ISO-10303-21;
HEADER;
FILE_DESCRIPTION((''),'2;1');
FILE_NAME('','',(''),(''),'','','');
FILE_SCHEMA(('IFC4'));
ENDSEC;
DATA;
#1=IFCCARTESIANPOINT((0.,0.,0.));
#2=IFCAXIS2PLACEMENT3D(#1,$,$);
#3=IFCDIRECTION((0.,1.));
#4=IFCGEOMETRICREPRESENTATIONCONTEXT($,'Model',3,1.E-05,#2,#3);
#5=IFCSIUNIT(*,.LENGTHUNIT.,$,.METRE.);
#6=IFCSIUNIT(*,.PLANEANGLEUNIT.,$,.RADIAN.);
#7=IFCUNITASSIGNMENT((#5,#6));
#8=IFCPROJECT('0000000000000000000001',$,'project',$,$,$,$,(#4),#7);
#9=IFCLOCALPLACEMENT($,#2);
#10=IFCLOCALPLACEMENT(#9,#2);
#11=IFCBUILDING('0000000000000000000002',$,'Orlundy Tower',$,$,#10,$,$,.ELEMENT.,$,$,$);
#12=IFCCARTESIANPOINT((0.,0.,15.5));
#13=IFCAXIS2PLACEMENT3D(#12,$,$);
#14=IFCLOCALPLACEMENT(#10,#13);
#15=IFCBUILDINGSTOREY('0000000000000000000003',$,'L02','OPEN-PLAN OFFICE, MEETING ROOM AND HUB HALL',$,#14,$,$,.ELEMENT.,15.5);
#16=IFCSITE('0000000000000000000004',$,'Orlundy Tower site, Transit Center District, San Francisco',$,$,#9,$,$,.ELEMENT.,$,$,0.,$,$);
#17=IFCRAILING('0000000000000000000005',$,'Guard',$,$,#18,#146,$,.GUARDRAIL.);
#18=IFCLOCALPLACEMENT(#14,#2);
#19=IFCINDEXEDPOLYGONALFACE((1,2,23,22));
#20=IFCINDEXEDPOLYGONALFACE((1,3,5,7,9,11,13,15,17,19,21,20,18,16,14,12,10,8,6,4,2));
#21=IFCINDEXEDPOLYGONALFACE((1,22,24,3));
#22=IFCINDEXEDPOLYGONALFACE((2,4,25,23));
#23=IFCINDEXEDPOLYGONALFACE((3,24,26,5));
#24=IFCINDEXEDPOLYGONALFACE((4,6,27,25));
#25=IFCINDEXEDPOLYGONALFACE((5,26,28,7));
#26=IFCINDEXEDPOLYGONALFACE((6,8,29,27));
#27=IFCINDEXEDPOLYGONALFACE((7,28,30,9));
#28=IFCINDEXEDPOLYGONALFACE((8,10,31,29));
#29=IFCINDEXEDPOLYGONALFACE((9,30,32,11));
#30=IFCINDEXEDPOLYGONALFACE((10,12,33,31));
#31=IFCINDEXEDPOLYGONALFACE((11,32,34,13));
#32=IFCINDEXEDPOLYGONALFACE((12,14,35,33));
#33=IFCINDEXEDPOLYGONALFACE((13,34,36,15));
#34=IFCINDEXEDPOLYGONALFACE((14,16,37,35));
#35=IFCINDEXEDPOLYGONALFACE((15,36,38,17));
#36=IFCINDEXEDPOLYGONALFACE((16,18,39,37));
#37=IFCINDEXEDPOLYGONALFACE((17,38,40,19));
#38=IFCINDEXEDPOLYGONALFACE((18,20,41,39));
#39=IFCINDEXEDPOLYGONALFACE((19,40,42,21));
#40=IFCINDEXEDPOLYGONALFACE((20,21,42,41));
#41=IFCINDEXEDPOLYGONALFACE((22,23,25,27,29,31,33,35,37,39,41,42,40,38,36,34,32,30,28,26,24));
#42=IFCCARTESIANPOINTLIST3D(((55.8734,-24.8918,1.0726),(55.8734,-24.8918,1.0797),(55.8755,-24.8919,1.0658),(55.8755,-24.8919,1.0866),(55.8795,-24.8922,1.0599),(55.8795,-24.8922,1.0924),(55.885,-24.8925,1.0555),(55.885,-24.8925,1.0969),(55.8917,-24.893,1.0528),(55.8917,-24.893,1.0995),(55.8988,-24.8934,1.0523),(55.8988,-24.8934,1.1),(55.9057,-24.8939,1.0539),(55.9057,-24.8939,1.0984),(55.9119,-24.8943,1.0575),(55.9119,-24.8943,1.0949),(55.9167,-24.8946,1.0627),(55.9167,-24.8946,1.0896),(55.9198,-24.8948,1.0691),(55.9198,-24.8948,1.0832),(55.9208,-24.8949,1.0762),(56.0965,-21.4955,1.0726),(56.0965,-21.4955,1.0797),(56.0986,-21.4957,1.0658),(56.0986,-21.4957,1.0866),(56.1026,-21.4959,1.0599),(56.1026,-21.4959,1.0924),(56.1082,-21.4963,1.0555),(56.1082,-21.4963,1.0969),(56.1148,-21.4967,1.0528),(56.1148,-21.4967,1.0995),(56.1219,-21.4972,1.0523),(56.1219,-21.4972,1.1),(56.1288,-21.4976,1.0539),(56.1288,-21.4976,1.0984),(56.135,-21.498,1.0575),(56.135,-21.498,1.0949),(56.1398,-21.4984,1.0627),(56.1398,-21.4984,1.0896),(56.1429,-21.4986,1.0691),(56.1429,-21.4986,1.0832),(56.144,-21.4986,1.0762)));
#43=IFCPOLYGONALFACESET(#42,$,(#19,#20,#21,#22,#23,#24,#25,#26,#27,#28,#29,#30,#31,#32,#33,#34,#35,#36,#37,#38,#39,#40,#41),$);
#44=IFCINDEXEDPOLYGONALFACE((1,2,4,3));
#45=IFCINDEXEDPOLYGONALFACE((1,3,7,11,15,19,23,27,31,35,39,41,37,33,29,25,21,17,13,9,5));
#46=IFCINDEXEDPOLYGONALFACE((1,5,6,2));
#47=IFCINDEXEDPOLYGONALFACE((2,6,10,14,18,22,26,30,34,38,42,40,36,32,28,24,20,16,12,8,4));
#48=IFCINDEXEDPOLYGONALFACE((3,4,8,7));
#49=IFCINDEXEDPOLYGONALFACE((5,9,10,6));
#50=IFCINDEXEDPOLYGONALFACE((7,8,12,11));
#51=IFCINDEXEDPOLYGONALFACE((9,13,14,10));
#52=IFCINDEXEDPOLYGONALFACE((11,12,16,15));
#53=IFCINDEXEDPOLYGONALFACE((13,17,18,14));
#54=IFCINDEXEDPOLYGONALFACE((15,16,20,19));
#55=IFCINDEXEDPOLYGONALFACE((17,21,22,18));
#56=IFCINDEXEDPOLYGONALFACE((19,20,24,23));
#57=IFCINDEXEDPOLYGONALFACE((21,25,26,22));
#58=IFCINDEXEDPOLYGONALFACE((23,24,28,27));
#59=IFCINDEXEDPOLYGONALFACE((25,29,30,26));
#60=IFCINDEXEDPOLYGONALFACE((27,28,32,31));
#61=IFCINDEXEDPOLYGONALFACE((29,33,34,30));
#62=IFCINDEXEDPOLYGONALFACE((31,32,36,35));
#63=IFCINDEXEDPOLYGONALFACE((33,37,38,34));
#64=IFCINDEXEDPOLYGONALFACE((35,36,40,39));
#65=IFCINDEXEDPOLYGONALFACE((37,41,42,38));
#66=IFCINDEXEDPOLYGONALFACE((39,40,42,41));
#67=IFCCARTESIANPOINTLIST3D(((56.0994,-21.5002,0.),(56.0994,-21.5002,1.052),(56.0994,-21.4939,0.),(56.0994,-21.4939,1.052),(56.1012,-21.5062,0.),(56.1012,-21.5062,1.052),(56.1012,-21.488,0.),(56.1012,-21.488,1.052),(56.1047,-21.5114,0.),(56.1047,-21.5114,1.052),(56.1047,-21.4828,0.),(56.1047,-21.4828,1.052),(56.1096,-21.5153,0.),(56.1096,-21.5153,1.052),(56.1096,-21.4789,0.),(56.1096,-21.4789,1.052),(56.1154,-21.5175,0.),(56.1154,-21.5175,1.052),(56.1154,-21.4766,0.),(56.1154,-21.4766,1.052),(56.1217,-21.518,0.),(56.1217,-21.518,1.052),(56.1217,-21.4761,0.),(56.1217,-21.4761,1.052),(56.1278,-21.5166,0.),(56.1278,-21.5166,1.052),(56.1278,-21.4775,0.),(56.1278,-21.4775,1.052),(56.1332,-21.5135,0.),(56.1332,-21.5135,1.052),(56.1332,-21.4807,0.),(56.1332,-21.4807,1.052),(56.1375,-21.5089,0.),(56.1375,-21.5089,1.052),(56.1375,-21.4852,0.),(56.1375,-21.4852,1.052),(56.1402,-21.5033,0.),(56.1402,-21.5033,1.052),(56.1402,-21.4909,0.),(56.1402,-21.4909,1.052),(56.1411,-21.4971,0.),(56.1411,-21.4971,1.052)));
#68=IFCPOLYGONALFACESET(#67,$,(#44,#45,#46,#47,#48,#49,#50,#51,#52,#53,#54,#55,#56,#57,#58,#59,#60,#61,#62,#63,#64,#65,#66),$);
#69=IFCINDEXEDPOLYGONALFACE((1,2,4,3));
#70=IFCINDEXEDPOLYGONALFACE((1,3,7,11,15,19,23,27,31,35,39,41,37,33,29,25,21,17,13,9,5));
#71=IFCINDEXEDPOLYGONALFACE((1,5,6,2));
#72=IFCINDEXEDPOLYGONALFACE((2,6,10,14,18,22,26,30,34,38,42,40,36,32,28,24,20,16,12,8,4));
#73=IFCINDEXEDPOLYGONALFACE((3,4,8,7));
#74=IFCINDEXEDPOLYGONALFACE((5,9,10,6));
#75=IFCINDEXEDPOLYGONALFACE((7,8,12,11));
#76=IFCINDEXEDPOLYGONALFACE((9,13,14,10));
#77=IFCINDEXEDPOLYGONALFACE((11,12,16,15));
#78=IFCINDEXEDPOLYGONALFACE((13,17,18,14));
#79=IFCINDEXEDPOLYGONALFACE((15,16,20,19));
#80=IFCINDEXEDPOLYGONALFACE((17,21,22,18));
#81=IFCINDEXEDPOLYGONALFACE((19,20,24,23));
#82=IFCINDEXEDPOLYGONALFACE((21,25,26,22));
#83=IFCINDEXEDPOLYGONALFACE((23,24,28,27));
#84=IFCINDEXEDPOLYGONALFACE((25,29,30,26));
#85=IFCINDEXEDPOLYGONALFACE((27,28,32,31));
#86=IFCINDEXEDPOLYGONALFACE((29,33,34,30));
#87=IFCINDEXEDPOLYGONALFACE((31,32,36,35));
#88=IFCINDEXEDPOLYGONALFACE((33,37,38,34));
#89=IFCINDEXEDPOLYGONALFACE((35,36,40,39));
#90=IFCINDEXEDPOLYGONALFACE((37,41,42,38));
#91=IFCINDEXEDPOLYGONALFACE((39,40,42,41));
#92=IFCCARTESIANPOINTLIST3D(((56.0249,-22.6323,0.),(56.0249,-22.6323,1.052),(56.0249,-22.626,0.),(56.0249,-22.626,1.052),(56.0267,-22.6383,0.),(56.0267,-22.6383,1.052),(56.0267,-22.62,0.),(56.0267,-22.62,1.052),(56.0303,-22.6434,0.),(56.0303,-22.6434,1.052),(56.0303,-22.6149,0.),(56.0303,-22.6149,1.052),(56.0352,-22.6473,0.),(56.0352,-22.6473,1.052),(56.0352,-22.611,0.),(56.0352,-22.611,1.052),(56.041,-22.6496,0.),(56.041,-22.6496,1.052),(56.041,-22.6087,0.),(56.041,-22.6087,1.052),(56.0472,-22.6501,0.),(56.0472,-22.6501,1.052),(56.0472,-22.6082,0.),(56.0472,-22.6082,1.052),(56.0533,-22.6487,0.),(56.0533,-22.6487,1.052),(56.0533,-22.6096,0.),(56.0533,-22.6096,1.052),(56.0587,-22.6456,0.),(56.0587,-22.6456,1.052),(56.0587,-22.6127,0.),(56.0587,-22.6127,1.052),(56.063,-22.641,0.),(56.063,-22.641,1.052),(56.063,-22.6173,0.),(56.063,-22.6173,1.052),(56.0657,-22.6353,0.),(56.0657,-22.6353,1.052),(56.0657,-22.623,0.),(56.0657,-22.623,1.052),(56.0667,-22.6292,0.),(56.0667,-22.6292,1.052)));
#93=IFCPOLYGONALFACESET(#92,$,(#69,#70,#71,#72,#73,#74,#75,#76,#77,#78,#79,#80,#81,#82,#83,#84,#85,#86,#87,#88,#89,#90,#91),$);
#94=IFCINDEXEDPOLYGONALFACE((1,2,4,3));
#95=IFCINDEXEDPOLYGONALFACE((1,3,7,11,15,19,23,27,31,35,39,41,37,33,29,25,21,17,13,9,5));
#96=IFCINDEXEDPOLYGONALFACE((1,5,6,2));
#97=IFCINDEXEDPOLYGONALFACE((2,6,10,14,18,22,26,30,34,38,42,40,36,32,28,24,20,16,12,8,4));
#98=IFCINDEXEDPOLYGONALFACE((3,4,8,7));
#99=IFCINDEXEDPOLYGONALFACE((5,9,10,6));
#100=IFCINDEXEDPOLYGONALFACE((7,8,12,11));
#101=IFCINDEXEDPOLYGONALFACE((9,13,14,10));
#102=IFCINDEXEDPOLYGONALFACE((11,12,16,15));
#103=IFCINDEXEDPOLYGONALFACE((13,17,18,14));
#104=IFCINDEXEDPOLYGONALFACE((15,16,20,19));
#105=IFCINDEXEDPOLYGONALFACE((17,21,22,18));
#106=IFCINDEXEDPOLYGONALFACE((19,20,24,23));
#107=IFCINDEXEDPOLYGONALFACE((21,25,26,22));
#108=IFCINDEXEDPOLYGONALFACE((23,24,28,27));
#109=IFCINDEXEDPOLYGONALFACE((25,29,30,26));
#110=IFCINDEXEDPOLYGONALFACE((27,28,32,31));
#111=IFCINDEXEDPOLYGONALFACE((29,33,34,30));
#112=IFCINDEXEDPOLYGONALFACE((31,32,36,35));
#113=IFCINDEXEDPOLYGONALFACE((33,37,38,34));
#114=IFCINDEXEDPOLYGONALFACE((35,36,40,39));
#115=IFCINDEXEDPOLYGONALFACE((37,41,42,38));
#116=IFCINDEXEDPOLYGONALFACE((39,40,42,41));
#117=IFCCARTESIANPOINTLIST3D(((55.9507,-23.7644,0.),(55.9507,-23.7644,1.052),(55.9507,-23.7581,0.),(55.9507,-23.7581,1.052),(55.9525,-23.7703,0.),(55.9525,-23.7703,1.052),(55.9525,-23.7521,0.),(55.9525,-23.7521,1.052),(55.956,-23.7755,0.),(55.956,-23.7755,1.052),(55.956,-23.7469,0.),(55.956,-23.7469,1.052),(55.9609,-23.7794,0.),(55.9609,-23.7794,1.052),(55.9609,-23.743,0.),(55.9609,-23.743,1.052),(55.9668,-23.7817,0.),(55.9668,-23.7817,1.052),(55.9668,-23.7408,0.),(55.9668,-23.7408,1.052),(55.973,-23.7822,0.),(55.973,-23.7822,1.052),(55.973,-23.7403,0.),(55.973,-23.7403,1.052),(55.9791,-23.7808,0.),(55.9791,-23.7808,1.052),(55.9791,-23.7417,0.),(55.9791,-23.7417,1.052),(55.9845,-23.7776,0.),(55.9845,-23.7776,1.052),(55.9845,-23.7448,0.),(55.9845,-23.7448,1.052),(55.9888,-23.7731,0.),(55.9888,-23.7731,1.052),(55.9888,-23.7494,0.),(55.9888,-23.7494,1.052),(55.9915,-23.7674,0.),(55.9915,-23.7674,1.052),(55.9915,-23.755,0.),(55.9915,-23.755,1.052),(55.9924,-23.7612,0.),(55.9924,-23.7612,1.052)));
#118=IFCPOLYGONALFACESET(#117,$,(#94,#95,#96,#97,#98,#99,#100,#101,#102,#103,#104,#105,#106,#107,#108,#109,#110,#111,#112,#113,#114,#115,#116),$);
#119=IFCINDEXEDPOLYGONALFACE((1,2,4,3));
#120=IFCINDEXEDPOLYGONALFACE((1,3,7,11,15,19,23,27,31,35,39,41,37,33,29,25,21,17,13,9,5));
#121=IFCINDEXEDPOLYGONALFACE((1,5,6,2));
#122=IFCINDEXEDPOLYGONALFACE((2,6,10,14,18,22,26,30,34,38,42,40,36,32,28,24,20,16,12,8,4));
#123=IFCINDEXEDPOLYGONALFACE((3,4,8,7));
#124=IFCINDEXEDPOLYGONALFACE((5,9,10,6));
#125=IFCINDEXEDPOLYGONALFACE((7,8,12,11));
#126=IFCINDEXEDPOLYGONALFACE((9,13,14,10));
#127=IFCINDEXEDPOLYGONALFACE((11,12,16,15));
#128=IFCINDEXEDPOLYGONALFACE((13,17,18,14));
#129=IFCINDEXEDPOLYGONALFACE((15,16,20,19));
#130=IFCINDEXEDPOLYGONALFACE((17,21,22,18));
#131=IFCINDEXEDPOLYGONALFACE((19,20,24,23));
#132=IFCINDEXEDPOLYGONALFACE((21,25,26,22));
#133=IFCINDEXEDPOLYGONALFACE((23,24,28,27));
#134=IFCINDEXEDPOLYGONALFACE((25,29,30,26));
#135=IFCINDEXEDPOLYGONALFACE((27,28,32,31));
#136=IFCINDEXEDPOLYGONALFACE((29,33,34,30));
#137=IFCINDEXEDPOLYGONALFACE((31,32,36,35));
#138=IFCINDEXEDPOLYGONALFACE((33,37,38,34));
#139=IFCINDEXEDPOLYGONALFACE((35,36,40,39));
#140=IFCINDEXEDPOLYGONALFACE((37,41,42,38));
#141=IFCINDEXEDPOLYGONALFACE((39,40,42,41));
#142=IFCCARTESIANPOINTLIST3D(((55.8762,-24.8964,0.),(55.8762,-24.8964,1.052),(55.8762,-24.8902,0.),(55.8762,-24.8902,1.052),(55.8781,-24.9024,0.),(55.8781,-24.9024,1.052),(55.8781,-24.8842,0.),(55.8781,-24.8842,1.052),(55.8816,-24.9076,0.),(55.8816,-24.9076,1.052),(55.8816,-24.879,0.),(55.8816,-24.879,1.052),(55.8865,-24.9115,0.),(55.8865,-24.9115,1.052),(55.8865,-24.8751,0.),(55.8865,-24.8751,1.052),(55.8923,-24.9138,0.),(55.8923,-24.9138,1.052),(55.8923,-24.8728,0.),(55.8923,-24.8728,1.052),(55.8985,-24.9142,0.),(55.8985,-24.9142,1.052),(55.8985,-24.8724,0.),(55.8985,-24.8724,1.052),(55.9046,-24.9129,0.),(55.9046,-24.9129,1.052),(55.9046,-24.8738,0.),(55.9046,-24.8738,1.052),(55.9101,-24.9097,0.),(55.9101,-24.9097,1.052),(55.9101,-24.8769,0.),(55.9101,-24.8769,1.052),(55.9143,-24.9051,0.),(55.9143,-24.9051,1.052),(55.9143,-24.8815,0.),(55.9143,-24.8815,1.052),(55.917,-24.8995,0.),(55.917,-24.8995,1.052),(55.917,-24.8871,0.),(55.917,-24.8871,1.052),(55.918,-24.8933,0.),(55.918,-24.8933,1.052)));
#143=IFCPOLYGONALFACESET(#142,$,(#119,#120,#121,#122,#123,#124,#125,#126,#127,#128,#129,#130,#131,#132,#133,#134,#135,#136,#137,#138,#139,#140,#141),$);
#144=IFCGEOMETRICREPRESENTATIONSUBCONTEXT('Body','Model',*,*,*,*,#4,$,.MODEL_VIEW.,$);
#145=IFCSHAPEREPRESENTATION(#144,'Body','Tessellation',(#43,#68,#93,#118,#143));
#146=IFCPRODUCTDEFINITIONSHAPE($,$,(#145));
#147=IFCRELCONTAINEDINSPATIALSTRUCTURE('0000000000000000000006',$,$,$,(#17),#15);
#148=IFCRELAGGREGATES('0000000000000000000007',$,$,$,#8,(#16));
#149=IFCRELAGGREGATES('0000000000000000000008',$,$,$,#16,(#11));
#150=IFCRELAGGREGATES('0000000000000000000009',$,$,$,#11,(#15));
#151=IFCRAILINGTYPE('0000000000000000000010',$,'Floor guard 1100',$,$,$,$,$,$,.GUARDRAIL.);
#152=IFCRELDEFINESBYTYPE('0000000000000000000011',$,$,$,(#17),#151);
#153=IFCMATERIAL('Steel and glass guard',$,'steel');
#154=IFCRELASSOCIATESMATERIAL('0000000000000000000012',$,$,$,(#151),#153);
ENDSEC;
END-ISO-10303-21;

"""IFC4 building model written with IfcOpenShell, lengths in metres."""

from ifc_helpers import new_model, si_unit, direction, frame, origin, origin_2d, place, context, subcontext, project, spatial, circle, extrude, material, type_object, element, save


model = new_model("IFC4")

# Units and contexts
model_context = context("Model", 3, precision=1e-05, world=origin(), true_north=direction((0.0, 1.0)))
body_context = subcontext(model_context, "Body", "Model", "MODEL_VIEW")
ifc_project = project(units=[si_unit("LENGTHUNIT", "METRE"), si_unit("PLANEANGLEUNIT", "RADIAN")], contexts=[model_context])

# Site, building, storey
site_placement = place(None, origin())
site = spatial("IfcSite", under=ifc_project, at=site_placement, Name="Orlundy Tower site, Transit Center District, San Francisco", CompositionType="ELEMENT", RefElevation=0.0)
building_placement = place(site_placement, origin())
building = spatial("IfcBuilding", under=site, at=building_placement, Name="Orlundy Tower", CompositionType="ELEMENT")
storey_placement = place(building_placement, frame((0.0, 0.0, 15.5)))
storey = spatial("IfcBuildingStorey", under=building, at=storey_placement, Name="L02", Description="OPEN-PLAN OFFICE, MEETING ROOM AND HUB HALL", CompositionType="ELEMENT", Elevation=15.5)

# Railing
ifc_material_1 = material(Name="Steel and glass guard", Category="steel")
railing_type_1 = type_object("IfcRailingType", Name="Floor guard 1100", PredefinedType="GUARDRAIL", material=ifc_material_1)
railing_1_placement = place(storey_placement, frame((56.1201, -21.4971, 0.0)))
element("IfcRailing", 1, at=railing_1_placement, inside=storey, type_object=railing_type_1, Name="Guard", PredefinedType="GUARDRAIL", context=body_context, shape_type="SweptSolid", body=[
    extrude(circle(Radius=0.0239, at=origin_2d()), frame((0.0, 0.0, 1.0762), z_axis=(-0.065562, -0.997848, 0.0), x_axis=(0.997848, -0.065562, 0.0)), (0.0, 0.0, 1.0), 3.4036),
    extrude(circle(Radius=0.021, at=origin_2d()), origin(), (0.0, 0.0, 1.0), 1.052),
    extrude(circle(Radius=0.021, at=origin_2d()), frame((-0.0745, -1.1321, 0.0)), (0.0, 0.0, 1.0), 1.052),
    extrude(circle(Radius=0.021, at=origin_2d()), frame((-0.1487, -2.2642, 0.0)), (0.0, 0.0, 1.0), 1.052),
    extrude(circle(Radius=0.021, at=origin_2d()), frame((-0.2231, -3.3962, 0.0)), (0.0, 0.0, 1.0), 1.052),
])

save(model, "model.ifc")
